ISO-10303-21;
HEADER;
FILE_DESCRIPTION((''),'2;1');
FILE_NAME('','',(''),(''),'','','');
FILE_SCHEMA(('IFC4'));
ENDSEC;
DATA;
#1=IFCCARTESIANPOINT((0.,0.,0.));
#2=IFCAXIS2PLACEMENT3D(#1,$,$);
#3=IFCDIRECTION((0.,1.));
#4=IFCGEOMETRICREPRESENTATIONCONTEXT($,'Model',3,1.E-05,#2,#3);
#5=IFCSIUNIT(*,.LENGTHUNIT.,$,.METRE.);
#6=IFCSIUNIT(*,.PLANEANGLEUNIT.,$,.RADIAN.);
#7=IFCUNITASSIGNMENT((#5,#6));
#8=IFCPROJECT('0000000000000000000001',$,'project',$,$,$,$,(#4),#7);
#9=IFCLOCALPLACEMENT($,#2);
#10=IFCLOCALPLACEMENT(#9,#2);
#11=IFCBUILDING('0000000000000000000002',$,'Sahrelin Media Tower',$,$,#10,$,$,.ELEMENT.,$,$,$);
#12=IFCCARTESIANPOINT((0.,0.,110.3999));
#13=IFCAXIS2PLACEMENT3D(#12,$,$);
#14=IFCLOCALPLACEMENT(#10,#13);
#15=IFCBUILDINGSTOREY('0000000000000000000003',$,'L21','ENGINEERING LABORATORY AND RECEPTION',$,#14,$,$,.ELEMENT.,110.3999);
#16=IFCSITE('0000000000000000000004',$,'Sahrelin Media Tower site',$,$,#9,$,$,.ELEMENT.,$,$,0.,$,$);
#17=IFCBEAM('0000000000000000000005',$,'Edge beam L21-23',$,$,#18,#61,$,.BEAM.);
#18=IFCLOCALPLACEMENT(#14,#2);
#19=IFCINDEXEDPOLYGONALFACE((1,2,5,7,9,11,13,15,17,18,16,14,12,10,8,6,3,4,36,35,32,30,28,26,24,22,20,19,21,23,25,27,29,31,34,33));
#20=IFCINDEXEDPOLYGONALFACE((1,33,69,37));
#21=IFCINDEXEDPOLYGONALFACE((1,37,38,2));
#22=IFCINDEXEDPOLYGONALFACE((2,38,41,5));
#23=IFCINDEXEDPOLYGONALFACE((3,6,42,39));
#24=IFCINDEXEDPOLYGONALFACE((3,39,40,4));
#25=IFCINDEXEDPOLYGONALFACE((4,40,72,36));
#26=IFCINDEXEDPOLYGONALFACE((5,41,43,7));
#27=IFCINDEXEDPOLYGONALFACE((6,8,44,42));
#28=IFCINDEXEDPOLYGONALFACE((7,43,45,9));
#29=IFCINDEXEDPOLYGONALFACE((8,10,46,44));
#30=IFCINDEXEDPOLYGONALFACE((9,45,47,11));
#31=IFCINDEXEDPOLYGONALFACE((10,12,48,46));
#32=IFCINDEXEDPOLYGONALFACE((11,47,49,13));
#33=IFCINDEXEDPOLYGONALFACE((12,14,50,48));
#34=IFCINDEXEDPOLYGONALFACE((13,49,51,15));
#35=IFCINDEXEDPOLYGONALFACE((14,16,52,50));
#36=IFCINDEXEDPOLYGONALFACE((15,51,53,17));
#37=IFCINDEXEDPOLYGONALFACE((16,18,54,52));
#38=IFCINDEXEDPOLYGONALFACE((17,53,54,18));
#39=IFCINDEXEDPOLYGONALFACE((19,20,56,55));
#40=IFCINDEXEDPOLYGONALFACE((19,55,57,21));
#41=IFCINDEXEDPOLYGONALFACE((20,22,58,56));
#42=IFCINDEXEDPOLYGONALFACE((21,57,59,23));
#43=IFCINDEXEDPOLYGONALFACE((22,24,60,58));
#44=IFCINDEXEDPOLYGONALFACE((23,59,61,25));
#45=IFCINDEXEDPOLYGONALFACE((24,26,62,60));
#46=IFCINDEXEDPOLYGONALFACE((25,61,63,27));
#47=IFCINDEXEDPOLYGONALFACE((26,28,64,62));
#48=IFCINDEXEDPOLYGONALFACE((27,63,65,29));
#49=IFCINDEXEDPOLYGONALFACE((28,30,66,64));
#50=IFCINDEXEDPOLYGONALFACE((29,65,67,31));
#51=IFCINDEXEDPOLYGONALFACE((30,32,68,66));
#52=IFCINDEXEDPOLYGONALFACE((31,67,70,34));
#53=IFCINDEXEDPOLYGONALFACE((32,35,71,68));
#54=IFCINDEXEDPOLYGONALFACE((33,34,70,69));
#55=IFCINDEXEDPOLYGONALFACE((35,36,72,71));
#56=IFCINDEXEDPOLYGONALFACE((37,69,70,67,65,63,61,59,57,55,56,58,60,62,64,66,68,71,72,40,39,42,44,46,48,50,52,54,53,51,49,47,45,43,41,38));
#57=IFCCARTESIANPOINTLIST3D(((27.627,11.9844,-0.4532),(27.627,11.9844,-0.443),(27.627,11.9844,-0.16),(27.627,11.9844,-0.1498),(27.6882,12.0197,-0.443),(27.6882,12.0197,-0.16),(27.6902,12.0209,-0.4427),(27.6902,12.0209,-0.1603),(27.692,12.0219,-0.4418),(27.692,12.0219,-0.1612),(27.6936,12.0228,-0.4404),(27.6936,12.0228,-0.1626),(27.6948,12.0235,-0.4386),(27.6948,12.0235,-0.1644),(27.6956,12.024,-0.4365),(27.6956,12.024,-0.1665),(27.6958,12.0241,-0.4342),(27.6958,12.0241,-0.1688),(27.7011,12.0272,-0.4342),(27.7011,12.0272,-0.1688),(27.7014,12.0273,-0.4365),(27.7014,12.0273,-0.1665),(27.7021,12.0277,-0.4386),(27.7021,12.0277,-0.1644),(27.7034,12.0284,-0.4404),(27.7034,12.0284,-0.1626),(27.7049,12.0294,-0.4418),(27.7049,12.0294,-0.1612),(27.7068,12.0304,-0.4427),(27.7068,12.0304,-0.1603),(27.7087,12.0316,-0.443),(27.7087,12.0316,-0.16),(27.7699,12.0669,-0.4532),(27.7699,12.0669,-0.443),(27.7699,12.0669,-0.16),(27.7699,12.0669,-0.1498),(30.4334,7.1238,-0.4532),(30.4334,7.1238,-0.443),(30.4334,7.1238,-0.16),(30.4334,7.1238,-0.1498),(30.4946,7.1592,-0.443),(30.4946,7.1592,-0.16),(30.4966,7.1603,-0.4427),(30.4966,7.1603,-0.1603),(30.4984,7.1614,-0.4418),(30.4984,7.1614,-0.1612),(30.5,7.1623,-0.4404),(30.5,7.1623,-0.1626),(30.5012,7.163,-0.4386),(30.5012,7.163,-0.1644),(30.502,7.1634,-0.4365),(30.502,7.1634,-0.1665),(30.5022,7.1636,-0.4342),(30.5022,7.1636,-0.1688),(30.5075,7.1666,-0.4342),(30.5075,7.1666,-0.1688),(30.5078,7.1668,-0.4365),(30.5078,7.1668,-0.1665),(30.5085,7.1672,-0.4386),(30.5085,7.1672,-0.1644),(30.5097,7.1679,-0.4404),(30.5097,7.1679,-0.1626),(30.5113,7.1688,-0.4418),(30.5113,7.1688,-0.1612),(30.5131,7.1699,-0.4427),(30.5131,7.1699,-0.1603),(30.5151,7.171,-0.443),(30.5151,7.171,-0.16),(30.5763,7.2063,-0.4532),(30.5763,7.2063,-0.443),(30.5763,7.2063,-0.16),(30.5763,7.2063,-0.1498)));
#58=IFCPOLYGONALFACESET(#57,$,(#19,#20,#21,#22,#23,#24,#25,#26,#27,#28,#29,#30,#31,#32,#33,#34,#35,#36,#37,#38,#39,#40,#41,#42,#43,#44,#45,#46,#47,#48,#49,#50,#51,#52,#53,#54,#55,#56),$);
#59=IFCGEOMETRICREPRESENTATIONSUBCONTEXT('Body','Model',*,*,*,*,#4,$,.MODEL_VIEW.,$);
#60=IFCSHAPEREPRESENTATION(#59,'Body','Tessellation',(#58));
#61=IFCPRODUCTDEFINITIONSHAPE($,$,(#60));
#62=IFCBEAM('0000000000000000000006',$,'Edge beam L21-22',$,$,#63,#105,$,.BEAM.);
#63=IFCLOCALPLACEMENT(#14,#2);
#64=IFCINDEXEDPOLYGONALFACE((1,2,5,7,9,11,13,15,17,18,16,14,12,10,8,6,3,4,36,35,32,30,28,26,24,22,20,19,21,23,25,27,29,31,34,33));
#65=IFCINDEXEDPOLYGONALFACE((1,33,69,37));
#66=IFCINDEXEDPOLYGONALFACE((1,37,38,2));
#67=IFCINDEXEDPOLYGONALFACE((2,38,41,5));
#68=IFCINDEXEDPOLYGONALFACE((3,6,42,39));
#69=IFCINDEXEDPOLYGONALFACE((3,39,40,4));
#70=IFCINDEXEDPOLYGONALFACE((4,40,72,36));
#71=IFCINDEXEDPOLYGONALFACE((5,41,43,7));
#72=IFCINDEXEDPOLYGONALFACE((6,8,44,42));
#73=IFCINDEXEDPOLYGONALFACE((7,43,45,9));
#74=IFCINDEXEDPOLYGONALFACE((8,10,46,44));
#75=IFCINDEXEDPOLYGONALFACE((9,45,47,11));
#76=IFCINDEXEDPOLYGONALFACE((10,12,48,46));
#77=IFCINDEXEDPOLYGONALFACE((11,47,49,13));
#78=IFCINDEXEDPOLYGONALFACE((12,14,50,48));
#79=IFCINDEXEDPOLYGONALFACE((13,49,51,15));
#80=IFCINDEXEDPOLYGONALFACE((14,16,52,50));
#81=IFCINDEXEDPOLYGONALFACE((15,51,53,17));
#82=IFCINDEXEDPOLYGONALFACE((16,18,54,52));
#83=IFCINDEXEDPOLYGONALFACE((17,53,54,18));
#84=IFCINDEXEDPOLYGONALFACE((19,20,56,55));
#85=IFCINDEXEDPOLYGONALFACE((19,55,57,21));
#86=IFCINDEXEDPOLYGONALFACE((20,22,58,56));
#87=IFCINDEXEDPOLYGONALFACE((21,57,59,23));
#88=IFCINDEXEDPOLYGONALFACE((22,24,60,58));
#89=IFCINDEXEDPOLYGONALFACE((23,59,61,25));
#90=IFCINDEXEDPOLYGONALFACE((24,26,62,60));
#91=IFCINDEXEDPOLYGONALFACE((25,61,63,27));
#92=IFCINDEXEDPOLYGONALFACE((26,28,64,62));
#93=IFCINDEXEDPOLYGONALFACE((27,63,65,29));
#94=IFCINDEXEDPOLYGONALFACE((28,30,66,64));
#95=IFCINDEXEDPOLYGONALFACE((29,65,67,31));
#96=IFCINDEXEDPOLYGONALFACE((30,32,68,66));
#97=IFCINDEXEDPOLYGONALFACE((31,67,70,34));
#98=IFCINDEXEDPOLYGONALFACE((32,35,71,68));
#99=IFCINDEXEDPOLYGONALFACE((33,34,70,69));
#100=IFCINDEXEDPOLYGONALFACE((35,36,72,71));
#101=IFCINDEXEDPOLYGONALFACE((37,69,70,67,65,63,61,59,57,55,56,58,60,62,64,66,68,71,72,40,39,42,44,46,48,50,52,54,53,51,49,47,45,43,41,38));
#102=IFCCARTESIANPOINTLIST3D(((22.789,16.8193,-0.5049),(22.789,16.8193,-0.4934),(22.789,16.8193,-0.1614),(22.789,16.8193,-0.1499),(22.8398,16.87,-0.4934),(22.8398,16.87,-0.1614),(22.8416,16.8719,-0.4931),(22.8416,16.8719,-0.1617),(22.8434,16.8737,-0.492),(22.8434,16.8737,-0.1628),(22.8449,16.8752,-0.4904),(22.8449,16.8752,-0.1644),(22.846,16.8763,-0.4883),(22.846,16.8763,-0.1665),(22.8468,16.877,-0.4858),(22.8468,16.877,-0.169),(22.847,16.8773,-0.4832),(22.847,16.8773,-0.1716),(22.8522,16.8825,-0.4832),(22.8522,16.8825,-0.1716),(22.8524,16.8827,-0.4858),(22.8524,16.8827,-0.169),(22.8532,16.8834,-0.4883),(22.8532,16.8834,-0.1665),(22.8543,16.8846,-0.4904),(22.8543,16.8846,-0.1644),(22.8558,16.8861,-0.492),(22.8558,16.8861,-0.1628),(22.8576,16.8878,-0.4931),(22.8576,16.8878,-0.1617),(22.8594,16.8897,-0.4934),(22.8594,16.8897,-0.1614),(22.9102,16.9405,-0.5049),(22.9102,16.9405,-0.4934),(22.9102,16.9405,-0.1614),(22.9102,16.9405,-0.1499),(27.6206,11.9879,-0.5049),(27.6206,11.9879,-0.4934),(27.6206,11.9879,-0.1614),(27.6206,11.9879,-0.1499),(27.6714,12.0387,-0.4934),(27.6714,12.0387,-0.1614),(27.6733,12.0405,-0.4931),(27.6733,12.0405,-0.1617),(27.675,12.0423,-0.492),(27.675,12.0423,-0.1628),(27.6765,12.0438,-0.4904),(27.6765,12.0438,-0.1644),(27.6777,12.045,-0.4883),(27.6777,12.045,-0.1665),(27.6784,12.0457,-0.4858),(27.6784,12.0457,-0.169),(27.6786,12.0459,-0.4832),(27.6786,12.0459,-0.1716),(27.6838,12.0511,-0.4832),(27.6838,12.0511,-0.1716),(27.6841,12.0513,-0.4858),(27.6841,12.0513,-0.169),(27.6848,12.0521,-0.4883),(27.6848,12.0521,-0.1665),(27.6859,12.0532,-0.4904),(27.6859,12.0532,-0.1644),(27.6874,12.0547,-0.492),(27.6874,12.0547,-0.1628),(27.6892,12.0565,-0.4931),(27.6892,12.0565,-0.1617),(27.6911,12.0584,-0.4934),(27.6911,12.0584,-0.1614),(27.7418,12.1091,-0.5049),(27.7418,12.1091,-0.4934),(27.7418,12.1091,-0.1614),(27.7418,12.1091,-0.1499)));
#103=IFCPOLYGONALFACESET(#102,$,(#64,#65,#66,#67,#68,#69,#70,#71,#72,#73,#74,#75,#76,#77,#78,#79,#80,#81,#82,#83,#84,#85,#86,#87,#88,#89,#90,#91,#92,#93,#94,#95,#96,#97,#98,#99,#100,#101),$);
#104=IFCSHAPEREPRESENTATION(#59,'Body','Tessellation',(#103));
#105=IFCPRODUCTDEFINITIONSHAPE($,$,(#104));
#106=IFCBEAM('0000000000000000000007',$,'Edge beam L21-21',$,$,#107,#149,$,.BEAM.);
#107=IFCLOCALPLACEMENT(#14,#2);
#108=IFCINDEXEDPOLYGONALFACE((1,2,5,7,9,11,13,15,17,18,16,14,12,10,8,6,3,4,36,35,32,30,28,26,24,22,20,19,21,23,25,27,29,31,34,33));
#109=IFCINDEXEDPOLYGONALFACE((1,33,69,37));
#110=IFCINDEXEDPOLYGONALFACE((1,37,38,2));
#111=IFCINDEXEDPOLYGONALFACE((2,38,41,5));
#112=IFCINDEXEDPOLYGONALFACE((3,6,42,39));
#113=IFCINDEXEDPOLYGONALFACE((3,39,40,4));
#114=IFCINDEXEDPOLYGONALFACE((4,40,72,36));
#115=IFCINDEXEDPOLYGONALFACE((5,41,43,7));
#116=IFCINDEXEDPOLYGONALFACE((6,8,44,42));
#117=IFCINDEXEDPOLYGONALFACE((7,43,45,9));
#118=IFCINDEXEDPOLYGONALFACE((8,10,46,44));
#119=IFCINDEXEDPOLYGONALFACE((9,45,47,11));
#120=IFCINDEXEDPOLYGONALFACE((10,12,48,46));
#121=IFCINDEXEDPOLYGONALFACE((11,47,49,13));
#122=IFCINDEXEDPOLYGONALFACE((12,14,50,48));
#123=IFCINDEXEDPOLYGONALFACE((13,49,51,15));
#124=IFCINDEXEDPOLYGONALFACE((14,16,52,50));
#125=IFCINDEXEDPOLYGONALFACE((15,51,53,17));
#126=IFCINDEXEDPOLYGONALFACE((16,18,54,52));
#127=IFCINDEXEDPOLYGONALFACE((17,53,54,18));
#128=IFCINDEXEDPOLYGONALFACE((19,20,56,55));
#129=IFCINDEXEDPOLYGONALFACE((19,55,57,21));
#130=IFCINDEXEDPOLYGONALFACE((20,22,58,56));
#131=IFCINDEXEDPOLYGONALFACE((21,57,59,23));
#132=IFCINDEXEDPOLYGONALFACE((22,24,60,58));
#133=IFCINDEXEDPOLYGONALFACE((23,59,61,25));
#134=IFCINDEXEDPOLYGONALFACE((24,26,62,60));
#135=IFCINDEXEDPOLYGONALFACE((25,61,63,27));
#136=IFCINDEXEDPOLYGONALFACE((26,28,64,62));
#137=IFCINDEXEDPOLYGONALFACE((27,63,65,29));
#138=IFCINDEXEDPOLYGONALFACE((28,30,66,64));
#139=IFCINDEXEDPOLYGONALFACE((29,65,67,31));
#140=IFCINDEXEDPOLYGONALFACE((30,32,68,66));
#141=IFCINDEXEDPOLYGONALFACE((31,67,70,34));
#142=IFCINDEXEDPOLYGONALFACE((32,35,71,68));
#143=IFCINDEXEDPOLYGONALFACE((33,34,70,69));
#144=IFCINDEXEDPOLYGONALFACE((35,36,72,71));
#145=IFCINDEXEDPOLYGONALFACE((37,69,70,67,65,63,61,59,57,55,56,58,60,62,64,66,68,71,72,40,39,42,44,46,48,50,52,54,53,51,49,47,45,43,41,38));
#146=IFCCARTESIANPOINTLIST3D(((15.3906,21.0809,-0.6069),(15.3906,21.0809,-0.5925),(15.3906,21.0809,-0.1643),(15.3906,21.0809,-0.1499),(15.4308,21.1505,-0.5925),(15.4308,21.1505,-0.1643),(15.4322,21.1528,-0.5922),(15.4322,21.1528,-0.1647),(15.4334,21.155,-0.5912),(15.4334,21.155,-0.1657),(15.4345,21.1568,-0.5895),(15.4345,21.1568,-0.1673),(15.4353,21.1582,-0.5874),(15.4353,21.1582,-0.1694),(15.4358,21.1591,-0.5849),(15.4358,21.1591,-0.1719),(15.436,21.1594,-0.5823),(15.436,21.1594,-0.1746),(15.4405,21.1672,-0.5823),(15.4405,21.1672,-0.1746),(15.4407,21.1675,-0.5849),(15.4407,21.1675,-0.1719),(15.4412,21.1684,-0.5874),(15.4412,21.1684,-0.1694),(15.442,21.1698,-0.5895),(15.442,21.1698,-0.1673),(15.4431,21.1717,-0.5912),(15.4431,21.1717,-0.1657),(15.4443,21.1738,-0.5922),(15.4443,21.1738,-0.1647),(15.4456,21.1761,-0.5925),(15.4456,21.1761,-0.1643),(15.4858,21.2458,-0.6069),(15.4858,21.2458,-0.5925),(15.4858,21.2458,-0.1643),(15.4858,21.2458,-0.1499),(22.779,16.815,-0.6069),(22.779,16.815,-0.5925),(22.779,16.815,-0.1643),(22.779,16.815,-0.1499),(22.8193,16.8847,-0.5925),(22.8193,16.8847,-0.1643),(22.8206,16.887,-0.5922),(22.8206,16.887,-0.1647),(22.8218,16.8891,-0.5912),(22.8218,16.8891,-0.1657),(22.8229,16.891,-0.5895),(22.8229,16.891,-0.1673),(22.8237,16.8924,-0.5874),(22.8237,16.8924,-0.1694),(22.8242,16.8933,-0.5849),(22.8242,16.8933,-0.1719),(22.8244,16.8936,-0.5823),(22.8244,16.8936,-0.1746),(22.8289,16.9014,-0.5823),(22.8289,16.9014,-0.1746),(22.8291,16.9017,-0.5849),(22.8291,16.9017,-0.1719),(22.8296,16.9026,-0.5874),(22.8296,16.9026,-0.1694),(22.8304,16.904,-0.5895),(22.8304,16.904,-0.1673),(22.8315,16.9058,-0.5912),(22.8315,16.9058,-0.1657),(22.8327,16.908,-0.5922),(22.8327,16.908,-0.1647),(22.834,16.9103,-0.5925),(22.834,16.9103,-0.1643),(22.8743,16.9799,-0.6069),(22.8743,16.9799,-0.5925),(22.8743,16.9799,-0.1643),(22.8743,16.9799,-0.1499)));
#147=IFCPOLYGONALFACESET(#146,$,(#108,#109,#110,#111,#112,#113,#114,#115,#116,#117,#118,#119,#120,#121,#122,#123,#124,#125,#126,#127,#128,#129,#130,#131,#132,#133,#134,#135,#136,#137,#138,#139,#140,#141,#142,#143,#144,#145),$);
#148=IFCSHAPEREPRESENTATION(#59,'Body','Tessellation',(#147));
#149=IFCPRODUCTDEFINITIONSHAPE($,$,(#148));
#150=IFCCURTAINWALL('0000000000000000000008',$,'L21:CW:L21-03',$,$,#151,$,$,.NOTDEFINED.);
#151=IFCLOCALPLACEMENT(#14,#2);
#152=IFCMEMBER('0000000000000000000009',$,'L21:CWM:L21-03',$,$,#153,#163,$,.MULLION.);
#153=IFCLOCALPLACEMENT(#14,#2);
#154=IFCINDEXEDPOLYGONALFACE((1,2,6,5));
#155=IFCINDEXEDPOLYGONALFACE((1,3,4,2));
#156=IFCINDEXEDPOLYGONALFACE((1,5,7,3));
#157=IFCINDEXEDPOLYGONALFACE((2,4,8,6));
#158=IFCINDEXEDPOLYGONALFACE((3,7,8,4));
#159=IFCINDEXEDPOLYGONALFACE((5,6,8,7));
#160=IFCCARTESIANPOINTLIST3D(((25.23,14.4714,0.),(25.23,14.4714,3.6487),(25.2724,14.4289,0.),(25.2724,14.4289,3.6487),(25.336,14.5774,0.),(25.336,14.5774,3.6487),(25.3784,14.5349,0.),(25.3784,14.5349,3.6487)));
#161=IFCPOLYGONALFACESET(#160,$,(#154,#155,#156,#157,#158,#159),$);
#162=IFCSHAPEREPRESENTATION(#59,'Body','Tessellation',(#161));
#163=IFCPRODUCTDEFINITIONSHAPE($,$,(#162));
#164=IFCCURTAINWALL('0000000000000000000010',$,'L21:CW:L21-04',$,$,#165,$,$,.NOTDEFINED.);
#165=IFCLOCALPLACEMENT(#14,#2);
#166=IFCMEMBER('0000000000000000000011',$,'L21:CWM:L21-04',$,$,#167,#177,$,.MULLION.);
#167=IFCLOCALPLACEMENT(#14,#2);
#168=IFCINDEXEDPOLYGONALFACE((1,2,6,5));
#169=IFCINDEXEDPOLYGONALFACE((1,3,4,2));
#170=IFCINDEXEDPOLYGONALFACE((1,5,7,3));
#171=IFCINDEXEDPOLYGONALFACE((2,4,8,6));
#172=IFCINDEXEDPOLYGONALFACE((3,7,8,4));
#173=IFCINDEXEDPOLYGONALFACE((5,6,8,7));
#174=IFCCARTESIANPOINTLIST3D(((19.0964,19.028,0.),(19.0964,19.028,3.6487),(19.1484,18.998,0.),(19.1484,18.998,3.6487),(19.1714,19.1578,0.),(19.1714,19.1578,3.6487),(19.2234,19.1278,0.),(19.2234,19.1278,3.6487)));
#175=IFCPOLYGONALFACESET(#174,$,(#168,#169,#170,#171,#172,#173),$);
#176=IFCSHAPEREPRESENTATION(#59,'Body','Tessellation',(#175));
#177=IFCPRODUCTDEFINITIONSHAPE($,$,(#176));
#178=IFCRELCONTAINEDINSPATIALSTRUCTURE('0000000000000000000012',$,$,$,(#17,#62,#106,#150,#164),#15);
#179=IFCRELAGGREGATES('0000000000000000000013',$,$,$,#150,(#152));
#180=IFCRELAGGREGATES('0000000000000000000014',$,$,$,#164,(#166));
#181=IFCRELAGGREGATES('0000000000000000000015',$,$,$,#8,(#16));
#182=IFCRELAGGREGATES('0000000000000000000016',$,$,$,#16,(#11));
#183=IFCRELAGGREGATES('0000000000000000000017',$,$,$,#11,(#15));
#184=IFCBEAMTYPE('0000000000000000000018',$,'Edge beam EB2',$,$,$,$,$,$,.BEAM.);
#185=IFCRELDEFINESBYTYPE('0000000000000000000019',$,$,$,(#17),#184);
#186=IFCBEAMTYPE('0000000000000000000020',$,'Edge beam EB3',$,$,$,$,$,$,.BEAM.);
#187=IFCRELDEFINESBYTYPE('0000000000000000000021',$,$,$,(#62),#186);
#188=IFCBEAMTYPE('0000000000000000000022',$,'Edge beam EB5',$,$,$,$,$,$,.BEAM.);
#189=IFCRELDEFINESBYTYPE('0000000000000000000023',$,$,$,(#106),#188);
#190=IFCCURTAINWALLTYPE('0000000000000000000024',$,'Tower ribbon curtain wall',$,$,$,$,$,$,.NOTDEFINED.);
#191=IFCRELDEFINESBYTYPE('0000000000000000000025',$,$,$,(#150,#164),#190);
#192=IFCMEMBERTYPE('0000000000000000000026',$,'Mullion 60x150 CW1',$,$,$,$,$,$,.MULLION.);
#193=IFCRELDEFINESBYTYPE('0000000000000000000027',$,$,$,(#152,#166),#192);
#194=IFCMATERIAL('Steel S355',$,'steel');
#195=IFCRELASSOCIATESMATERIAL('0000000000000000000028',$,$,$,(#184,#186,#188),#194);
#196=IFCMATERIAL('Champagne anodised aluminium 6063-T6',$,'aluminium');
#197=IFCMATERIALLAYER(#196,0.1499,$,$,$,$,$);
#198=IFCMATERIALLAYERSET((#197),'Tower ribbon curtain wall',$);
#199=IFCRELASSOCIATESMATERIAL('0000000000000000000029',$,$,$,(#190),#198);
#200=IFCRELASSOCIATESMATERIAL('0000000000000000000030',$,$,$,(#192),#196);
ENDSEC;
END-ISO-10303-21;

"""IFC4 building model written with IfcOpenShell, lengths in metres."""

from ifc_helpers import new_model, si_unit, direction, frame, origin, origin_2d, place, context, subcontext, project, spatial, rectangle, i_section, extrude, material, layer, layer_set, material_profile, profile_set, type_object, element, aggregate, save


model = new_model("IFC4")

# Units and contexts
model_context = context("Model", 3, precision=1e-05, world=origin(), true_north=direction((0.0, 1.0)))
body_context = subcontext(model_context, "Body", "Model", "MODEL_VIEW")
ifc_project = project(units=[si_unit("LENGTHUNIT", "METRE"), si_unit("PLANEANGLEUNIT", "RADIAN")], contexts=[model_context])

# Site, building, storey
site_placement = place(None, origin())
site = spatial("IfcSite", under=ifc_project, at=site_placement, Name="Sahrelin Media Tower site", CompositionType="ELEMENT", RefElevation=0.0)
building_placement = place(site_placement, origin())
building = spatial("IfcBuilding", under=site, at=building_placement, Name="Sahrelin Media Tower", CompositionType="ELEMENT")
storey_placement = place(building_placement, frame((0.0, 0.0, 110.3999)))
storey = spatial("IfcBuildingStorey", under=building, at=storey_placement, Name="L21", Description="ENGINEERING LABORATORY AND RECEPTION", CompositionType="ELEMENT", Elevation=110.3999)

# Beams
ifc_material_1 = material(Name="Steel S355", Category="steel")
ifc_material_profile_1 = material_profile(ifc_material_1, i_section(OverallWidth=0.165, OverallDepth=0.3035, WebThickness=0.0061, FlangeThickness=0.0103, FilletRadius=0.0088, at=origin_2d()), Name="UB 305x165x40")
ifc_profile_set_1 = profile_set([ifc_material_profile_1], Name="Steel S355")
beam_type_1 = type_object("IfcBeamType", Name="Edge beam EB2", PredefinedType="BEAM", material=ifc_profile_set_1)
beam_1_placement = place(storey_placement, frame((27.6985, 12.0256, -0.3015), z_axis=(0.500017, -0.866015, 0.0), x_axis=(0.866015, 0.500017, 0.0)))
element("IfcBeam", 1, at=beam_1_placement, inside=storey, type_object=beam_type_1, Name="Edge beam L21-23", PredefinedType="BEAM", context=body_context, shape_type="SweptSolid", body=[
    extrude(i_section(OverallWidth=0.165, OverallDepth=0.3035, WebThickness=0.0061, FlangeThickness=0.0103, FilletRadius=0.0088, at=origin_2d()), origin(), (0.0, 0.0, 1.0), 5.6125),
])
ifc_material_profile_2 = material_profile(ifc_material_1, i_section(OverallWidth=0.1714, OverallDepth=0.355, WebThickness=0.0073, FlangeThickness=0.0115, FilletRadius=0.0103, at=origin_2d()), Name="UB 356x171x51")
ifc_profile_set_2 = profile_set([ifc_material_profile_2], Name="Steel S355")
beam_type_2 = type_object("IfcBeamType", Name="Edge beam EB3", PredefinedType="BEAM", material=ifc_profile_set_2)
beam_2_placement = place(storey_placement, frame((22.8496, 16.8799, -0.3274), z_axis=(0.707125, -0.707089, 0.0), x_axis=(0.707089, 0.707125, 0.0)))
element("IfcBeam", 2, at=beam_2_placement, inside=storey, type_object=beam_type_2, Name="Edge beam L21-22", PredefinedType="BEAM", context=body_context, shape_type="SweptSolid", body=[
    extrude(i_section(OverallWidth=0.1714, OverallDepth=0.355, WebThickness=0.0073, FlangeThickness=0.0115, FilletRadius=0.0103, at=origin_2d()), origin(), (0.0, 0.0, 1.0), 6.8328),
])
ifc_material_profile_3 = material_profile(ifc_material_1, i_section(OverallWidth=0.1904, OverallDepth=0.457, WebThickness=0.009, FlangeThickness=0.0144, FilletRadius=0.0103, at=origin_2d()), Name="UB 457x191x74")
ifc_profile_set_3 = profile_set([ifc_material_profile_3], Name="Steel S355")
beam_type_3 = type_object("IfcBeamType", Name="Edge beam EB5", PredefinedType="BEAM", material=ifc_profile_set_3)
beam_3_placement = place(storey_placement, frame((15.4382, 21.1633, -0.3784), z_axis=(0.866017, -0.500014, 0.0), x_axis=(0.500014, 0.866017, 0.0)))
element("IfcBeam", 3, at=beam_3_placement, inside=storey, type_object=beam_type_3, Name="Edge beam L21-21", PredefinedType="BEAM", context=body_context, shape_type="SweptSolid", body=[
    extrude(i_section(OverallWidth=0.1904, OverallDepth=0.457, WebThickness=0.009, FlangeThickness=0.0144, FilletRadius=0.0103, at=origin_2d()), origin(), (0.0, 0.0, 1.0), 8.5315),
])

# Curtain walls, members
ifc_material_2 = material(Name="Champagne anodised aluminium 6063-T6", Category="aluminium")
ifc_layer_1 = layer(ifc_material_2, 0.1499)
ifc_layer_set_1 = layer_set([ifc_layer_1], Name="Tower ribbon curtain wall")
curtain_wall_type = type_object("IfcCurtainWallType", Name="Tower ribbon curtain wall", PredefinedType="NOTDEFINED", material=ifc_layer_set_1)
curtain_wall_1_placement = place(storey_placement, frame((25.3713, 14.5703, 0.0), z_axis=(0.0, 0.0, 1.0), x_axis=(1.0, 0.0, 0.0)))
curtain_wall_1 = element("IfcCurtainWall", 4, at=curtain_wall_1_placement, inside=storey, type_object=curtain_wall_type, Name="L21:CW:L21-03", PredefinedType="NOTDEFINED")
ifc_material_profile_4 = material_profile(ifc_material_2, rectangle(XDim=0.0601, YDim=0.1499, at=origin_2d()), Name="Mullion 60x150")
ifc_profile_set_4 = profile_set([ifc_material_profile_4], Name="Champagne anodised aluminium 6063-T6")
member_type_1 = type_object("IfcMemberType", Name="Mullion 60x150 CW1", PredefinedType="MULLION", material=ifc_profile_set_4)
member_1_placement = place(storey_placement, frame((25.3042, 14.5032, 0.0), z_axis=(0.0, 0.0, 1.0), x_axis=(-0.707107, 0.707107, 0.0)))
member_1 = element("IfcMember", 5, at=member_1_placement, type_object=member_type_1, Name="L21:CWM:L21-03", PredefinedType="MULLION", context=body_context, shape_type="SweptSolid", body=[
    extrude(rectangle(XDim=0.0601, YDim=0.1499, at=origin_2d()), origin(), (0.0, 0.0, 1.0), 3.6487),
])
curtain_wall_2_placement = place(storey_placement, frame((19.2075, 19.1604, 0.0), z_axis=(0.0, 0.0, 1.0), x_axis=(1.0, 0.0, 0.0)))
curtain_wall_2 = element("IfcCurtainWall", 6, at=curtain_wall_2_placement, inside=storey, type_object=curtain_wall_type, Name="L21:CW:L21-04", PredefinedType="NOTDEFINED")
member_2_placement = place(storey_placement, frame((19.1599, 19.0779, 0.0), z_axis=(0.0, 0.0, 1.0), x_axis=(-0.866025, 0.500002, 0.0)))
member_2 = element("IfcMember", 7, at=member_2_placement, type_object=member_type_1, Name="L21:CWM:L21-04", PredefinedType="MULLION", context=body_context, shape_type="SweptSolid", body=[
    extrude(rectangle(XDim=0.0601, YDim=0.1499, at=origin_2d()), origin(), (0.0, 0.0, 1.0), 3.6487),
])

aggregate(curtain_wall_1, [member_1])
aggregate(curtain_wall_2, [member_2])

save(model, "model.ifc")
